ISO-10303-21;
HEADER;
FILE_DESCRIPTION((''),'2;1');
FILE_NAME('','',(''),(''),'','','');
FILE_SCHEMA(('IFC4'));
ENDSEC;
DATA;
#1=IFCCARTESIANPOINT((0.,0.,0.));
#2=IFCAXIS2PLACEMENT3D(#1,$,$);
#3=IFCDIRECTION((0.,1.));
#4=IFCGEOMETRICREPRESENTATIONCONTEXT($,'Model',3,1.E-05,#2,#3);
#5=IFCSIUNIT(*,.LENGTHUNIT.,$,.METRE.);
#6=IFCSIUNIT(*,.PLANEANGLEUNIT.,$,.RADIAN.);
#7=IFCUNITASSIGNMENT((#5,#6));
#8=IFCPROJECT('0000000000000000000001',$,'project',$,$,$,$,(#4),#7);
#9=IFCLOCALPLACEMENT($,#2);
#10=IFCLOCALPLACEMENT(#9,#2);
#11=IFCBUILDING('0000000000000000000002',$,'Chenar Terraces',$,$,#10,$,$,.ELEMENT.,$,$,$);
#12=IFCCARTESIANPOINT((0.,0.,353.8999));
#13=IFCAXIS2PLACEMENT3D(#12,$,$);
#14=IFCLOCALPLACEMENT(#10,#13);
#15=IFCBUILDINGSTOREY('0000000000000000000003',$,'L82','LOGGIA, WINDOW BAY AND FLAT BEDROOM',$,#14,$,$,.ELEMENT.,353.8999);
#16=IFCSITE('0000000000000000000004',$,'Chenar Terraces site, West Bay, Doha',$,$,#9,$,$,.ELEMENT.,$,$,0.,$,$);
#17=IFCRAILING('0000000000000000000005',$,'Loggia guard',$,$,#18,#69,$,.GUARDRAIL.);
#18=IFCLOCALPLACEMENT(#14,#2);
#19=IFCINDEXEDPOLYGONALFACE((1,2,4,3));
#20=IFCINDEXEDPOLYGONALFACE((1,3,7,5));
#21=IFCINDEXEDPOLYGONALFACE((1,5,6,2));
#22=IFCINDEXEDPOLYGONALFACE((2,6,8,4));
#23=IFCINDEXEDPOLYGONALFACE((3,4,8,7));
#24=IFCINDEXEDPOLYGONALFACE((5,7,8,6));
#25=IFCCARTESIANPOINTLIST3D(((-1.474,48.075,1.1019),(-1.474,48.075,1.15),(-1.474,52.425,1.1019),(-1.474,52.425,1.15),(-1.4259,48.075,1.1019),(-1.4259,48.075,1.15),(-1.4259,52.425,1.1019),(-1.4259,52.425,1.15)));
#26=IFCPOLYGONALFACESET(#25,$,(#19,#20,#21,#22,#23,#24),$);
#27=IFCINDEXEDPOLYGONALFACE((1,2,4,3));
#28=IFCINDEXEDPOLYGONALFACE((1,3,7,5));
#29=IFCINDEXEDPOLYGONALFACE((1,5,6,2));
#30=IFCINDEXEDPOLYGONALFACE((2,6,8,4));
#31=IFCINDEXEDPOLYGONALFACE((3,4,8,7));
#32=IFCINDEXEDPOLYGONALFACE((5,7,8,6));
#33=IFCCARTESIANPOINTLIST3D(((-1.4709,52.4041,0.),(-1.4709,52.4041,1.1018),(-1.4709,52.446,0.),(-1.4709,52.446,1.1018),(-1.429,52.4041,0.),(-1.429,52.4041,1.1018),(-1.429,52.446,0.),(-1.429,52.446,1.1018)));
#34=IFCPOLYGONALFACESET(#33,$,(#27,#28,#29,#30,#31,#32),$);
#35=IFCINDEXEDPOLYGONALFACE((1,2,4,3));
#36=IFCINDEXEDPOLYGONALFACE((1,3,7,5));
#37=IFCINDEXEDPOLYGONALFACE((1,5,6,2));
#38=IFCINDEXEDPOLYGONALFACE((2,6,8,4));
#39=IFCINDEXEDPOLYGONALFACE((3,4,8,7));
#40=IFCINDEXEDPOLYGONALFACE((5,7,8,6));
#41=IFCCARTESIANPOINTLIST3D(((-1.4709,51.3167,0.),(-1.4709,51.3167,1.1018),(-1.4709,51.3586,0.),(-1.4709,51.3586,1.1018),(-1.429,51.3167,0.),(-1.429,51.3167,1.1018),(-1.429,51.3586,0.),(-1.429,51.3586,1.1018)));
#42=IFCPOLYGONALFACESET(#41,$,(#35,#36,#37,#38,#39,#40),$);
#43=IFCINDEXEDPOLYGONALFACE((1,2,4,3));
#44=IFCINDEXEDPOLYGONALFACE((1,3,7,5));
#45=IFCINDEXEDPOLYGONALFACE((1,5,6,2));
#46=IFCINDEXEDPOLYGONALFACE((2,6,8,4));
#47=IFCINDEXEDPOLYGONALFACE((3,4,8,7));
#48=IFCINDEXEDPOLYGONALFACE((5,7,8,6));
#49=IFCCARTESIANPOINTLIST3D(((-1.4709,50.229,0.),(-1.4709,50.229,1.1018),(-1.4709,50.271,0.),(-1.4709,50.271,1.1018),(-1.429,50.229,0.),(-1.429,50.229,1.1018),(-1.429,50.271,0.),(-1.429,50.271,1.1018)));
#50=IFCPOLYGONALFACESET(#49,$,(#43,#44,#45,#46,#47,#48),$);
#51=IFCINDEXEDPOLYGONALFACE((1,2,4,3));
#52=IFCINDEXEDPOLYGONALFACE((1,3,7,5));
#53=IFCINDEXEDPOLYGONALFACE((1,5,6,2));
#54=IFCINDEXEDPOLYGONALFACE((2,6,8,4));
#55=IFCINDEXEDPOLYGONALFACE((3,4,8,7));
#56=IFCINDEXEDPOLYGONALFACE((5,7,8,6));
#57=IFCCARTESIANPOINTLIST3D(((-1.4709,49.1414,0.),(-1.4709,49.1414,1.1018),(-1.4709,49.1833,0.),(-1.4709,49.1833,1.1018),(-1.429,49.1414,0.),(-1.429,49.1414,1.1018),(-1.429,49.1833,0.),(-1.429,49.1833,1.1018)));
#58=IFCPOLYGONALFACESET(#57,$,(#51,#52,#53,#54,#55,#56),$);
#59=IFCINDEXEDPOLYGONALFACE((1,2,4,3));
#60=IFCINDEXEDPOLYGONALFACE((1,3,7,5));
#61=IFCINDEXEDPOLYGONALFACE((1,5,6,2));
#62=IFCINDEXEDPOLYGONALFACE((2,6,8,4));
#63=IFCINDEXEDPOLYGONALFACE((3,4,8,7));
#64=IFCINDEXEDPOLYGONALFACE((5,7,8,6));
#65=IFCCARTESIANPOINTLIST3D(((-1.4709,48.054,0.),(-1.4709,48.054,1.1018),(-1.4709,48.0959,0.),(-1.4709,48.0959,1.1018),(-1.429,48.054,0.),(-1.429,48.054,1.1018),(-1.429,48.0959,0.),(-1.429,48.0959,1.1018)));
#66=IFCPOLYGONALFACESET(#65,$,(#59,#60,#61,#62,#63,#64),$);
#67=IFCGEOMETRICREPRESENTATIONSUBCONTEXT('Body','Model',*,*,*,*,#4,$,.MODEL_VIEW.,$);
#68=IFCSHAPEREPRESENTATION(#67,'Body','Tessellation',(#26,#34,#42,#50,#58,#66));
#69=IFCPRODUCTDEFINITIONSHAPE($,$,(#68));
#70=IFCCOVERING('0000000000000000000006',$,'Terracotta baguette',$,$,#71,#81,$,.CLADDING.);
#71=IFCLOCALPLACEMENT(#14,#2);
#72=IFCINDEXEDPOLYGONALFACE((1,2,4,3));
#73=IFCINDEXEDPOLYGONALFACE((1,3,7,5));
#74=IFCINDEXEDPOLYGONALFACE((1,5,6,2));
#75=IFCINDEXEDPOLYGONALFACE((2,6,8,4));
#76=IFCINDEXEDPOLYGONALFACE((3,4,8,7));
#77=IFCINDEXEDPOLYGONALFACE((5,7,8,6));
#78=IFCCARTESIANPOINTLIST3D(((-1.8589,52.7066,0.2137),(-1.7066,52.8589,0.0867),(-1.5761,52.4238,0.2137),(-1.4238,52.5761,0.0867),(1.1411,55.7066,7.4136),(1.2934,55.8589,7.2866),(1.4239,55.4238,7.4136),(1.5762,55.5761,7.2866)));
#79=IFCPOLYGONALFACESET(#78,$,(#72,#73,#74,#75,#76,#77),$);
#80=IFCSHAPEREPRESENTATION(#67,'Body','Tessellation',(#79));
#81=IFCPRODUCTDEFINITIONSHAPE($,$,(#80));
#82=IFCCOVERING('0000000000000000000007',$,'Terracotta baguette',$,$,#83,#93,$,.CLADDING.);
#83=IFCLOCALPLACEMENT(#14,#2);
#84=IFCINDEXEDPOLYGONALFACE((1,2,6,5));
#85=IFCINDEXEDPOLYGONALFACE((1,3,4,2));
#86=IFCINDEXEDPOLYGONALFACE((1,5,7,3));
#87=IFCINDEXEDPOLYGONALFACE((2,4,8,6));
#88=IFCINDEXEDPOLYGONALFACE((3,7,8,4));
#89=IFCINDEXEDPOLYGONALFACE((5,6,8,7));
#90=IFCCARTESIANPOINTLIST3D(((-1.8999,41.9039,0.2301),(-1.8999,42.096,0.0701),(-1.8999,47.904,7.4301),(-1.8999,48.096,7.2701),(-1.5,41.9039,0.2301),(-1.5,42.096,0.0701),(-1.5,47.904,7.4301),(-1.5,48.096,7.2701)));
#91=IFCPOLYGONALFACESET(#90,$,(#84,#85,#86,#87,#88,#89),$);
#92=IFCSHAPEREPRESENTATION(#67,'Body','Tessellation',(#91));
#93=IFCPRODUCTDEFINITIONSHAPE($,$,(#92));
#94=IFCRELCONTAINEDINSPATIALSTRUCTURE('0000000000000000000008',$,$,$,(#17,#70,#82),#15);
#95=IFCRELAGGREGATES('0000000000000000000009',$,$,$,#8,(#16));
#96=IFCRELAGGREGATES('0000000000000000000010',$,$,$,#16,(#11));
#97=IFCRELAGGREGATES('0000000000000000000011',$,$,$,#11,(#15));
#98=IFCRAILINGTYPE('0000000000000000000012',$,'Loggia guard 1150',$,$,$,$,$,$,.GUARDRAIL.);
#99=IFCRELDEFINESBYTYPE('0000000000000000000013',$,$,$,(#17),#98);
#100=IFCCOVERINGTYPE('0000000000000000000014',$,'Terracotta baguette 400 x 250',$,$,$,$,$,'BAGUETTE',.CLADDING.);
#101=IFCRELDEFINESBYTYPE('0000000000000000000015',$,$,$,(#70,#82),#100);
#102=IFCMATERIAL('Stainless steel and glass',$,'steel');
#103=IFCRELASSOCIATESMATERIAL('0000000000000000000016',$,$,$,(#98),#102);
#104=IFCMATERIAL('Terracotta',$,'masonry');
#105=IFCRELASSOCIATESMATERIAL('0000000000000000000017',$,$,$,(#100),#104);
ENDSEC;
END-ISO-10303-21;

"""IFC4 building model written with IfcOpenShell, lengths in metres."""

from ifc_helpers import new_model, si_unit, direction, frame, origin, origin_2d, place, context, subcontext, project, spatial, rectangle, extrude, material, material_profile, profile_set, type_object, element, save


model = new_model("IFC4")

# Units and contexts
model_context = context("Model", 3, precision=1e-05, world=origin(), true_north=direction((0.0, 1.0)))
body_context = subcontext(model_context, "Body", "Model", "MODEL_VIEW")
ifc_project = project(units=[si_unit("LENGTHUNIT", "METRE"), si_unit("PLANEANGLEUNIT", "RADIAN")], contexts=[model_context])

# Site, building, storey
site_placement = place(None, origin())
site = spatial("IfcSite", under=ifc_project, at=site_placement, Name="Chenar Terraces site, West Bay, Doha", CompositionType="ELEMENT", RefElevation=0.0)
building_placement = place(site_placement, origin())
building = spatial("IfcBuilding", under=site, at=building_placement, Name="Chenar Terraces", CompositionType="ELEMENT")
storey_placement = place(building_placement, frame((0.0, 0.0, 353.8999)))
storey = spatial("IfcBuildingStorey", under=building, at=storey_placement, Name="L82", Description="LOGGIA, WINDOW BAY AND FLAT BEDROOM", CompositionType="ELEMENT", Elevation=353.8999)

# Railing
ifc_material_1 = material(Name="Stainless steel and glass", Category="steel")
railing_type = type_object("IfcRailingType", Name="Loggia guard 1150", PredefinedType="GUARDRAIL", material=ifc_material_1)
railing_placement = place(storey_placement, frame((-1.45, 52.425, 0.0)))
element("IfcRailing", 1, at=railing_placement, inside=storey, type_object=railing_type, Name="Loggia guard", PredefinedType="GUARDRAIL", context=body_context, shape_type="SweptSolid", body=[
    extrude(rectangle(XDim=0.0481, YDim=0.0481, at=origin_2d()), frame((0.0, 0.0, 1.126), z_axis=(0.0, -1.0, 0.0), x_axis=(1.0, 0.0, 0.0)), (0.0, 0.0, 1.0), 4.3501),
    extrude(rectangle(XDim=0.042, YDim=0.042, at=origin_2d()), origin(), (0.0, 0.0, 1.0), 1.1018),
    extrude(rectangle(XDim=0.042, YDim=0.042, at=origin_2d()), frame((0.0, -1.0874, 0.0)), (0.0, 0.0, 1.0), 1.1018),
    extrude(rectangle(XDim=0.042, YDim=0.042, at=origin_2d()), frame((0.0, -2.175, 0.0)), (0.0, 0.0, 1.0), 1.1018),
    extrude(rectangle(XDim=0.042, YDim=0.042, at=origin_2d()), frame((0.0, -3.2627, 0.0)), (0.0, 0.0, 1.0), 1.1018),
    extrude(rectangle(XDim=0.042, YDim=0.042, at=origin_2d()), frame((0.0, -4.3501, 0.0)), (0.0, 0.0, 1.0), 1.1018),
])

# Coverings
ifc_material_2 = material(Name="Terracotta", Category="masonry")
ifc_material_profile = material_profile(ifc_material_2, rectangle(XDim=0.3999, YDim=0.25, at=origin_2d()), Name="Terracotta baguette 400 x 250")
ifc_profile_set = profile_set([ifc_material_profile], Name="Terracotta")
covering_type = type_object("IfcCoveringType", Name="Terracotta baguette 400 x 250", ElementType="BAGUETTE", PredefinedType="CLADDING", material=ifc_profile_set)
covering_1_placement = place(storey_placement, frame((1.3586, 55.6414, 7.3501), z_axis=(-0.358981, -0.358981, -0.861548), x_axis=(0.707107, -0.707107, 0.0)))
element("IfcCovering", 2, at=covering_1_placement, inside=storey, type_object=covering_type, Name="Terracotta baguette", PredefinedType="CLADDING", context=body_context, shape_type="SweptSolid", body=[
    extrude(rectangle(XDim=0.3999, YDim=0.25, at=origin_2d()), origin(), (0.0, 0.0, 1.0), 8.3569),
])
covering_2_placement = place(storey_placement, frame((-1.7, 48.0, 7.3501), z_axis=(0.0, -0.640187, -0.768219), x_axis=(1.0, 0.0, 0.0)))
element("IfcCovering", 3, at=covering_2_placement, inside=storey, type_object=covering_type, Name="Terracotta baguette", PredefinedType="CLADDING", context=body_context, shape_type="SweptSolid", body=[
    extrude(rectangle(XDim=0.3999, YDim=0.25, at=origin_2d()), origin(), (0.0, 0.0, 1.0), 9.3723),
])

save(model, "model.ifc")
